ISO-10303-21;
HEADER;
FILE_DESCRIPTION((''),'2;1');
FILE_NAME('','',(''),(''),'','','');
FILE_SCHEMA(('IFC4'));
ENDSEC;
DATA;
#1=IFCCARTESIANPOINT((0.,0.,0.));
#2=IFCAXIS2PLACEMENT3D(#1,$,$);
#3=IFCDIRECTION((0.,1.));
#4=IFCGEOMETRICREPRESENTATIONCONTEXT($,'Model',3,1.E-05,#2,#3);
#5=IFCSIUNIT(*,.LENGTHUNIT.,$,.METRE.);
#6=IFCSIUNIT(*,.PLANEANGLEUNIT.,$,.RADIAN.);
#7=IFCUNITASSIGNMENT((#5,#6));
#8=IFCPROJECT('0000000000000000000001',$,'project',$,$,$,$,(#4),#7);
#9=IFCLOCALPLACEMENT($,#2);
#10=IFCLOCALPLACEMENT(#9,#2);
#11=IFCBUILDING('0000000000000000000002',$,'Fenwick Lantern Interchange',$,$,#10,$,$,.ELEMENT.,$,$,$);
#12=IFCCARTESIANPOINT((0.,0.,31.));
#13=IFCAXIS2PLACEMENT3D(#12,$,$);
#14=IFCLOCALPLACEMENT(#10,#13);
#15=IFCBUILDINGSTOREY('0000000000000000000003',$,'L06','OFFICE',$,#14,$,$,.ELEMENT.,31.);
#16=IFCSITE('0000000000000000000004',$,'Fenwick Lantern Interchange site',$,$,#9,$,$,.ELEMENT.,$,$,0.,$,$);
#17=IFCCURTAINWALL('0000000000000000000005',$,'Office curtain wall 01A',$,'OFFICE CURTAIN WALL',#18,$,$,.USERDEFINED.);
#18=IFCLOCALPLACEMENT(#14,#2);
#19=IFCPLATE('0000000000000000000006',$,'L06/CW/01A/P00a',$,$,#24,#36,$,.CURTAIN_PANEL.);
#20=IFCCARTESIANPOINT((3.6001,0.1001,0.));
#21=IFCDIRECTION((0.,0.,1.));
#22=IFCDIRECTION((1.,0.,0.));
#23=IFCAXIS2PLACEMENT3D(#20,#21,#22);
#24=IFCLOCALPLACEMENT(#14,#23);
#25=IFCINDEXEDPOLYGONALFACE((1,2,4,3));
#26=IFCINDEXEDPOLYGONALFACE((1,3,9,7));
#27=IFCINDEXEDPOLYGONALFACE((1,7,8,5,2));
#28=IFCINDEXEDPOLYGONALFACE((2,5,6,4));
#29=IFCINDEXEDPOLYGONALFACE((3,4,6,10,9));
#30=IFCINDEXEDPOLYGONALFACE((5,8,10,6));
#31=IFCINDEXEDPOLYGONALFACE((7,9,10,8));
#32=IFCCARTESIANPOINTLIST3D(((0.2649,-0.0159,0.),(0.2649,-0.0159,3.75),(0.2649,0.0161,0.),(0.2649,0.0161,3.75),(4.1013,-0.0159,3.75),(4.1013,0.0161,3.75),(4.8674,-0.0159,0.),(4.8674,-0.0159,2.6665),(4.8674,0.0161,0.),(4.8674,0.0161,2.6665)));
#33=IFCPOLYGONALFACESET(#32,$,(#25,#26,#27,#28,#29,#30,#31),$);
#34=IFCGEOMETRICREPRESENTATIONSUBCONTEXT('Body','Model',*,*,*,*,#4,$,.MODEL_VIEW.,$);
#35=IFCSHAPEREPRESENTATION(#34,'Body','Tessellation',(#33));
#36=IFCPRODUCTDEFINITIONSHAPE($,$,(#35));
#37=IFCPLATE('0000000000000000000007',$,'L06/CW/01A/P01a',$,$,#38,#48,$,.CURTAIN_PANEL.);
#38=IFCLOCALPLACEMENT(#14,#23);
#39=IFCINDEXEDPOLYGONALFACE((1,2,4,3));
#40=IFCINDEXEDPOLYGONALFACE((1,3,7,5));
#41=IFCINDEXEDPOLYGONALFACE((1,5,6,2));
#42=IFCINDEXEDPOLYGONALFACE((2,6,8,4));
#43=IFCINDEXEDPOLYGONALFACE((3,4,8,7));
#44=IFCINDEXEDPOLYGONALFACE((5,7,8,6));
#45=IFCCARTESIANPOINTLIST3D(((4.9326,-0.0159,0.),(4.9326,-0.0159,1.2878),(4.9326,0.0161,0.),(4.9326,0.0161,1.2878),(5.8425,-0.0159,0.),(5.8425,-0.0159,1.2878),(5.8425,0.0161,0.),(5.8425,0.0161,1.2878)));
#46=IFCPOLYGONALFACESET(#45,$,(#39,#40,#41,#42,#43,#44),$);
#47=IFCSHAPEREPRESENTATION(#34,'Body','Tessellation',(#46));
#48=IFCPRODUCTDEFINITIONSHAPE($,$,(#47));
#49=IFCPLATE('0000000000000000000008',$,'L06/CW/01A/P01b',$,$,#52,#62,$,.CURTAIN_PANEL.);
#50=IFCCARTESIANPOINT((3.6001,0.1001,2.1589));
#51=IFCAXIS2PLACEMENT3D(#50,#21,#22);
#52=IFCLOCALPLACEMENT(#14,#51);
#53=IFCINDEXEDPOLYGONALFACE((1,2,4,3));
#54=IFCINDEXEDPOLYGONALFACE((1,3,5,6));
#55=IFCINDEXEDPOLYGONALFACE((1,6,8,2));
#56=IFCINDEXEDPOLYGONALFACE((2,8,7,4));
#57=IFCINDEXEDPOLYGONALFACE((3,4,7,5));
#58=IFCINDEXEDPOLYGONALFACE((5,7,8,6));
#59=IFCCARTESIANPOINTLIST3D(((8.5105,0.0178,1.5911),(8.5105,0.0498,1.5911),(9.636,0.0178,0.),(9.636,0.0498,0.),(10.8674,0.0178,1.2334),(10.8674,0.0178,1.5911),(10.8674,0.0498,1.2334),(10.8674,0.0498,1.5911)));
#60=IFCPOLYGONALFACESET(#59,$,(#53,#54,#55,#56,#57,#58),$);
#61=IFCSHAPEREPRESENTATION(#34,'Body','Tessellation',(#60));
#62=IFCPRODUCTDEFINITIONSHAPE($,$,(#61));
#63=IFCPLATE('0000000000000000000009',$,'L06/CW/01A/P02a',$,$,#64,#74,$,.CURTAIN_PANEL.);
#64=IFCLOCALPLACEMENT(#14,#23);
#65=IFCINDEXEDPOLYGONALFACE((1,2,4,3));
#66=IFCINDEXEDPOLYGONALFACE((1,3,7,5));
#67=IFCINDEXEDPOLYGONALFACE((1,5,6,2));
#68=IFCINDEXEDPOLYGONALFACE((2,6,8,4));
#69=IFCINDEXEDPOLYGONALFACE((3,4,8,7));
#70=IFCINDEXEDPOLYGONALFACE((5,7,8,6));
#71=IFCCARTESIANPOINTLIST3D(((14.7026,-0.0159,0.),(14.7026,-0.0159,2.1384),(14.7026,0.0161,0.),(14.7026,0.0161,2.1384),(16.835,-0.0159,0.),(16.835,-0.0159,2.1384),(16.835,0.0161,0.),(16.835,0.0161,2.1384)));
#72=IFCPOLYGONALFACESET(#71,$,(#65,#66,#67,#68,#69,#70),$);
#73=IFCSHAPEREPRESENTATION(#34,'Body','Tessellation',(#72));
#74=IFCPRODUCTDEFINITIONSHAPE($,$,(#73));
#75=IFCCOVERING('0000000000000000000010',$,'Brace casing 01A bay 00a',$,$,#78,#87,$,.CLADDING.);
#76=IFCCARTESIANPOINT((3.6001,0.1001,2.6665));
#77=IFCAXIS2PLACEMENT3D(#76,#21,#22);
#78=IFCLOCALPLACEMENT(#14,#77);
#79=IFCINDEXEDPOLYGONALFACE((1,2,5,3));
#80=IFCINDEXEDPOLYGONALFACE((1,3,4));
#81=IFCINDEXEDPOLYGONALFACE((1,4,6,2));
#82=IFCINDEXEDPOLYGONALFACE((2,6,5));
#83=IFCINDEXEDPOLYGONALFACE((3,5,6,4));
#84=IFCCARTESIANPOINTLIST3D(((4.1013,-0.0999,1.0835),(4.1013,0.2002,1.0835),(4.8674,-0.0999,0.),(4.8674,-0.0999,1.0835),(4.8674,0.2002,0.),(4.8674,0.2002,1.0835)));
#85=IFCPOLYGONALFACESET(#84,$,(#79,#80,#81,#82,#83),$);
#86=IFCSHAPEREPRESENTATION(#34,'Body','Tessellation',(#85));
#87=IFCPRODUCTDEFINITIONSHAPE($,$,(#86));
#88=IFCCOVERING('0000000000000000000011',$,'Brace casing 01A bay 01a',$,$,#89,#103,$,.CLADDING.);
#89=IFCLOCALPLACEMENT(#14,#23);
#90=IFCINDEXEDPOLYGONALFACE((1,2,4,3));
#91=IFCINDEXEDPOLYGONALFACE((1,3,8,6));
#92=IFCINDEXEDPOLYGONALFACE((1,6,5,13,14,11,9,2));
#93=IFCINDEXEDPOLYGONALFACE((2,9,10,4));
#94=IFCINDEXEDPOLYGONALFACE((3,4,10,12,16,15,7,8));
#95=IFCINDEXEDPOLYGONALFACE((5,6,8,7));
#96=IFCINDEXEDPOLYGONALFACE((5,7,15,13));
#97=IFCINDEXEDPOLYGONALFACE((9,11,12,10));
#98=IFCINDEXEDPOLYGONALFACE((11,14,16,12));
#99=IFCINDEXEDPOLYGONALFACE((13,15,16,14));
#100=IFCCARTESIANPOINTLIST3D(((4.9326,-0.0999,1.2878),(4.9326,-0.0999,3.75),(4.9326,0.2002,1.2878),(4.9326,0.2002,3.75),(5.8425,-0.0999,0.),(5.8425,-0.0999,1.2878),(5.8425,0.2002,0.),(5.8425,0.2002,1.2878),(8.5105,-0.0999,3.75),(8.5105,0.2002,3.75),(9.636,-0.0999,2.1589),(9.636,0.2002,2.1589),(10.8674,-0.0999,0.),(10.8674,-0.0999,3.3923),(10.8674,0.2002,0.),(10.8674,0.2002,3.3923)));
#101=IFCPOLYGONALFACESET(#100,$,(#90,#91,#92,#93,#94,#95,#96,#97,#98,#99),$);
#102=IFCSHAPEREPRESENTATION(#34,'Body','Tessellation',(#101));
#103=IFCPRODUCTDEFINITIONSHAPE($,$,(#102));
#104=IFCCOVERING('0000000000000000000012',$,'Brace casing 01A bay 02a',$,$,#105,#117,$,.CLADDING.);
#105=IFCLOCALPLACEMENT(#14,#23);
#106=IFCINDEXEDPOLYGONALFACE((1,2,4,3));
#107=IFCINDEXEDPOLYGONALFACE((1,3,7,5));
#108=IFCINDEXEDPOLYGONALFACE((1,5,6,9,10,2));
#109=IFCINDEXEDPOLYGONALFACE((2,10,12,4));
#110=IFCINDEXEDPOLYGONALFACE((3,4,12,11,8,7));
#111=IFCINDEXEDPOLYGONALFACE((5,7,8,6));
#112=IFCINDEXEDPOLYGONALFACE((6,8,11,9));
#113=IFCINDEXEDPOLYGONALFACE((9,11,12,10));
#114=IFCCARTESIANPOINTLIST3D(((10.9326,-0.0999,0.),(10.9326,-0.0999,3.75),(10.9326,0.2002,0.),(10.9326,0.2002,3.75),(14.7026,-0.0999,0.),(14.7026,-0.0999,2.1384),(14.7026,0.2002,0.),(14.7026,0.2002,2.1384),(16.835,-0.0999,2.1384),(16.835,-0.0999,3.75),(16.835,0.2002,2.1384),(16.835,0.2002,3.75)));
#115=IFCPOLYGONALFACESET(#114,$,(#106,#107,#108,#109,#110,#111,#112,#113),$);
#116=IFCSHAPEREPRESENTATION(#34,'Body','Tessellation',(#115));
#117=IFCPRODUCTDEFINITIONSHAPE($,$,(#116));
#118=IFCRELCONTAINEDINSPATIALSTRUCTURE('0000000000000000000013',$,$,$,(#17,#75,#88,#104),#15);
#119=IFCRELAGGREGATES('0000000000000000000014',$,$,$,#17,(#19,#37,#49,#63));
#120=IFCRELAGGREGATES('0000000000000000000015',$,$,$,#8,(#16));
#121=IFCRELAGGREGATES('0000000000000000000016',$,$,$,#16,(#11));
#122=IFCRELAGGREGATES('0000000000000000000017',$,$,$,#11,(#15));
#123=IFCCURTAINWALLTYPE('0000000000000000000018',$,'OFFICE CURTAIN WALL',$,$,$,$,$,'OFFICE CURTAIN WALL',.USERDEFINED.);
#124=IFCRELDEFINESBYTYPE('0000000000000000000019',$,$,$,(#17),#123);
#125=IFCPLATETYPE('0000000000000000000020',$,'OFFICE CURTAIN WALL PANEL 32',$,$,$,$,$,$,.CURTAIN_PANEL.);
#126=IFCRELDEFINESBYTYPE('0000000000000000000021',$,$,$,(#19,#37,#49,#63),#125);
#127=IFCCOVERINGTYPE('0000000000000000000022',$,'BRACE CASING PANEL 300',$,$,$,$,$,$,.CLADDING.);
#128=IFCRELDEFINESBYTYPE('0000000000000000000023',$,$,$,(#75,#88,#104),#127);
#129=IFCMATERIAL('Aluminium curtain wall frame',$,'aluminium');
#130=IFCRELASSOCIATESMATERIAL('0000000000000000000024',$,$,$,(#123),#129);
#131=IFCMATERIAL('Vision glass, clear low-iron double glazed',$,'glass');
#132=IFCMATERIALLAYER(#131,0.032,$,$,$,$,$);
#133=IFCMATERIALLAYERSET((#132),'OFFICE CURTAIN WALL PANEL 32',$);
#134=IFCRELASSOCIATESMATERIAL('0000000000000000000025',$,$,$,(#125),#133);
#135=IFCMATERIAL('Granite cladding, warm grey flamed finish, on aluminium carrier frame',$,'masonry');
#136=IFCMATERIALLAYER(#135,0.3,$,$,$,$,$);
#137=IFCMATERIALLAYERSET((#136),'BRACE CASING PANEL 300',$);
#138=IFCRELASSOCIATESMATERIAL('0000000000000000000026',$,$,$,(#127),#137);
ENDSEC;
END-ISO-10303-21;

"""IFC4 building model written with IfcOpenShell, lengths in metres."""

from ifc_helpers import new_model, si_unit, direction, frame, origin, place, context, subcontext, project, spatial, polyline, outline, extrude, material, layer, layer_set, type_object, element, aggregate, save


model = new_model("IFC4")

# Units and contexts
model_context = context("Model", 3, precision=1e-05, world=origin(), true_north=direction((0.0, 1.0)))
body_context = subcontext(model_context, "Body", "Model", "MODEL_VIEW")
ifc_project = project(units=[si_unit("LENGTHUNIT", "METRE"), si_unit("PLANEANGLEUNIT", "RADIAN")], contexts=[model_context])

# Site, building, storey
site_placement = place(None, origin())
site = spatial("IfcSite", under=ifc_project, at=site_placement, Name="Fenwick Lantern Interchange site", CompositionType="ELEMENT", RefElevation=0.0)
building_placement = place(site_placement, origin())
building = spatial("IfcBuilding", under=site, at=building_placement, Name="Fenwick Lantern Interchange", CompositionType="ELEMENT")
storey_placement = place(building_placement, frame((0.0, 0.0, 31.0)))
storey = spatial("IfcBuildingStorey", under=building, at=storey_placement, Name="L06", Description="OFFICE", CompositionType="ELEMENT", Elevation=31.0)

# Curtain wall
ifc_material_1 = material(Name="Aluminium curtain wall frame", Category="aluminium")
curtain_wall_type = type_object("IfcCurtainWallType", Name="OFFICE CURTAIN WALL", ElementType="OFFICE CURTAIN WALL", PredefinedType="USERDEFINED", material=ifc_material_1)
curtain_wall_placement = place(storey_placement, origin())
curtain_wall = element("IfcCurtainWall", 1, at=curtain_wall_placement, inside=storey, type_object=curtain_wall_type, Name="Office curtain wall 01A", ObjectType="OFFICE CURTAIN WALL", PredefinedType="USERDEFINED")

# Plates
ifc_material_2 = material(Name="Vision glass, clear low-iron double glazed", Category="glass")
ifc_layer_1 = layer(ifc_material_2, 0.032)
ifc_layer_set_1 = layer_set([ifc_layer_1], Name="OFFICE CURTAIN WALL PANEL 32")
plate_type = type_object("IfcPlateType", Name="OFFICE CURTAIN WALL PANEL 32", PredefinedType="CURTAIN_PANEL", material=ifc_layer_set_1)
plate_1_placement = place(storey_placement, frame((3.6001, 0.1001, 0.0), z_axis=(0.0, 0.0, 1.0), x_axis=(1.0, 0.0, 0.0)))
plate_1 = element("IfcPlate", 2, at=plate_1_placement, type_object=plate_type, Name="L06/CW/01A/P00a", PredefinedType="CURTAIN_PANEL", context=body_context, shape_type="SweptSolid", body=[
    extrude(outline(polyline([(0.2649, 0.0), (4.8674, 0.0), (4.8674, 2.6665), (4.1013, 3.75), (0.2649, 3.75), (0.2649, 0.0)])), frame((0.0, 0.0161, 0.0), z_axis=(0.0, -1.0, 0.0), x_axis=(1.0, 0.0, 0.0)), (0.0, 0.0, 1.0), 0.032),
])
plate_2_placement = place(storey_placement, frame((3.6001, 0.1001, 0.0), z_axis=(0.0, 0.0, 1.0), x_axis=(1.0, 0.0, 0.0)))
plate_2 = element("IfcPlate", 3, at=plate_2_placement, type_object=plate_type, Name="L06/CW/01A/P01a", PredefinedType="CURTAIN_PANEL", context=body_context, shape_type="SweptSolid", body=[
    extrude(outline(polyline([(4.9326, 0.0), (5.8425, 0.0), (5.8425, 1.2878), (4.9326, 1.2878), (4.9326, 0.0)])), frame((0.0, 0.0161, 0.0), z_axis=(0.0, -1.0, 0.0), x_axis=(1.0, 0.0, 0.0)), (0.0, 0.0, 1.0), 0.032),
])
plate_3_placement = place(storey_placement, frame((3.6001, 0.1001, 2.1589), z_axis=(0.0, 0.0, 1.0), x_axis=(1.0, 0.0, 0.0)))
plate_3 = element("IfcPlate", 4, at=plate_3_placement, type_object=plate_type, Name="L06/CW/01A/P01b", PredefinedType="CURTAIN_PANEL", context=body_context, shape_type="SweptSolid", body=[
    extrude(outline(polyline([(9.636, 0.0), (10.8674, 1.2334), (10.8674, 1.5911), (8.5105, 1.5911), (9.636, 0.0)])), frame((0.0, 0.0498, 0.0), z_axis=(0.0, -1.0, 0.0), x_axis=(1.0, 0.0, 0.0)), (0.0, 0.0, 1.0), 0.032),
])
plate_4_placement = place(storey_placement, frame((3.6001, 0.1001, 0.0), z_axis=(0.0, 0.0, 1.0), x_axis=(1.0, 0.0, 0.0)))
plate_4 = element("IfcPlate", 5, at=plate_4_placement, type_object=plate_type, Name="L06/CW/01A/P02a", PredefinedType="CURTAIN_PANEL", context=body_context, shape_type="SweptSolid", body=[
    extrude(outline(polyline([(14.7026, 0.0), (16.835, 0.0), (16.835, 2.1384), (14.7026, 2.1384), (14.7026, 0.0)])), frame((0.0, 0.0161, 0.0), z_axis=(0.0, -1.0, 0.0), x_axis=(1.0, 0.0, 0.0)), (0.0, 0.0, 1.0), 0.032),
])
aggregate(curtain_wall, [plate_1, plate_2, plate_3, plate_4])

# Coverings
ifc_material_3 = material(Name="Granite cladding, warm grey flamed finish, on aluminium carrier frame", Category="masonry")
ifc_layer_2 = layer(ifc_material_3, 0.3)
ifc_layer_set_2 = layer_set([ifc_layer_2], Name="BRACE CASING PANEL 300")
covering_type_1 = type_object("IfcCoveringType", Name="BRACE CASING PANEL 300", PredefinedType="CLADDING", material=ifc_layer_set_2)
covering_1_placement = place(storey_placement, frame((3.6001, 0.1001, 2.6665), z_axis=(0.0, 0.0, 1.0), x_axis=(1.0, 0.0, 0.0)))
element("IfcCovering", 6, at=covering_1_placement, inside=storey, type_object=covering_type_1, Name="Brace casing 01A bay 00a", PredefinedType="CLADDING", context=body_context, shape_type="SweptSolid", body=[
    extrude(outline(polyline([(4.8674, 0.0), (4.8674, 1.0835), (4.1013, 1.0835), (4.8674, 0.0)])), frame((0.0, 0.2002, 0.0), z_axis=(0.0, -1.0, 0.0), x_axis=(1.0, 0.0, 0.0)), (0.0, 0.0, 1.0), 0.3),
])
covering_2_placement = place(storey_placement, frame((3.6001, 0.1001, 0.0), z_axis=(0.0, 0.0, 1.0), x_axis=(1.0, 0.0, 0.0)))
element("IfcCovering", 7, at=covering_2_placement, inside=storey, type_object=covering_type_1, Name="Brace casing 01A bay 01a", PredefinedType="CLADDING", context=body_context, shape_type="SweptSolid", body=[
    extrude(outline(polyline([(5.8425, 0.0), (10.8674, 0.0), (10.8674, 3.3923), (9.636, 2.1589), (8.5105, 3.75), (4.9326, 3.75), (4.9326, 1.2878), (5.8425, 1.2878), (5.8425, 0.0)])), frame((0.0, 0.2002, 0.0), z_axis=(0.0, -1.0, 0.0), x_axis=(1.0, 0.0, 0.0)), (0.0, 0.0, 1.0), 0.3),
])
covering_3_placement = place(storey_placement, frame((3.6001, 0.1001, 0.0), z_axis=(0.0, 0.0, 1.0), x_axis=(1.0, 0.0, 0.0)))
element("IfcCovering", 8, at=covering_3_placement, inside=storey, type_object=covering_type_1, Name="Brace casing 01A bay 02a", PredefinedType="CLADDING", context=body_context, shape_type="SweptSolid", body=[
    extrude(outline(polyline([(10.9326, 0.0), (14.7026, 0.0), (14.7026, 2.1384), (16.835, 2.1384), (16.835, 3.75), (10.9326, 3.75), (10.9326, 0.0)])), frame((0.0, 0.2002, 0.0), z_axis=(0.0, -1.0, 0.0), x_axis=(1.0, 0.0, 0.0)), (0.0, 0.0, 1.0), 0.3),
])

save(model, "model.ifc")
